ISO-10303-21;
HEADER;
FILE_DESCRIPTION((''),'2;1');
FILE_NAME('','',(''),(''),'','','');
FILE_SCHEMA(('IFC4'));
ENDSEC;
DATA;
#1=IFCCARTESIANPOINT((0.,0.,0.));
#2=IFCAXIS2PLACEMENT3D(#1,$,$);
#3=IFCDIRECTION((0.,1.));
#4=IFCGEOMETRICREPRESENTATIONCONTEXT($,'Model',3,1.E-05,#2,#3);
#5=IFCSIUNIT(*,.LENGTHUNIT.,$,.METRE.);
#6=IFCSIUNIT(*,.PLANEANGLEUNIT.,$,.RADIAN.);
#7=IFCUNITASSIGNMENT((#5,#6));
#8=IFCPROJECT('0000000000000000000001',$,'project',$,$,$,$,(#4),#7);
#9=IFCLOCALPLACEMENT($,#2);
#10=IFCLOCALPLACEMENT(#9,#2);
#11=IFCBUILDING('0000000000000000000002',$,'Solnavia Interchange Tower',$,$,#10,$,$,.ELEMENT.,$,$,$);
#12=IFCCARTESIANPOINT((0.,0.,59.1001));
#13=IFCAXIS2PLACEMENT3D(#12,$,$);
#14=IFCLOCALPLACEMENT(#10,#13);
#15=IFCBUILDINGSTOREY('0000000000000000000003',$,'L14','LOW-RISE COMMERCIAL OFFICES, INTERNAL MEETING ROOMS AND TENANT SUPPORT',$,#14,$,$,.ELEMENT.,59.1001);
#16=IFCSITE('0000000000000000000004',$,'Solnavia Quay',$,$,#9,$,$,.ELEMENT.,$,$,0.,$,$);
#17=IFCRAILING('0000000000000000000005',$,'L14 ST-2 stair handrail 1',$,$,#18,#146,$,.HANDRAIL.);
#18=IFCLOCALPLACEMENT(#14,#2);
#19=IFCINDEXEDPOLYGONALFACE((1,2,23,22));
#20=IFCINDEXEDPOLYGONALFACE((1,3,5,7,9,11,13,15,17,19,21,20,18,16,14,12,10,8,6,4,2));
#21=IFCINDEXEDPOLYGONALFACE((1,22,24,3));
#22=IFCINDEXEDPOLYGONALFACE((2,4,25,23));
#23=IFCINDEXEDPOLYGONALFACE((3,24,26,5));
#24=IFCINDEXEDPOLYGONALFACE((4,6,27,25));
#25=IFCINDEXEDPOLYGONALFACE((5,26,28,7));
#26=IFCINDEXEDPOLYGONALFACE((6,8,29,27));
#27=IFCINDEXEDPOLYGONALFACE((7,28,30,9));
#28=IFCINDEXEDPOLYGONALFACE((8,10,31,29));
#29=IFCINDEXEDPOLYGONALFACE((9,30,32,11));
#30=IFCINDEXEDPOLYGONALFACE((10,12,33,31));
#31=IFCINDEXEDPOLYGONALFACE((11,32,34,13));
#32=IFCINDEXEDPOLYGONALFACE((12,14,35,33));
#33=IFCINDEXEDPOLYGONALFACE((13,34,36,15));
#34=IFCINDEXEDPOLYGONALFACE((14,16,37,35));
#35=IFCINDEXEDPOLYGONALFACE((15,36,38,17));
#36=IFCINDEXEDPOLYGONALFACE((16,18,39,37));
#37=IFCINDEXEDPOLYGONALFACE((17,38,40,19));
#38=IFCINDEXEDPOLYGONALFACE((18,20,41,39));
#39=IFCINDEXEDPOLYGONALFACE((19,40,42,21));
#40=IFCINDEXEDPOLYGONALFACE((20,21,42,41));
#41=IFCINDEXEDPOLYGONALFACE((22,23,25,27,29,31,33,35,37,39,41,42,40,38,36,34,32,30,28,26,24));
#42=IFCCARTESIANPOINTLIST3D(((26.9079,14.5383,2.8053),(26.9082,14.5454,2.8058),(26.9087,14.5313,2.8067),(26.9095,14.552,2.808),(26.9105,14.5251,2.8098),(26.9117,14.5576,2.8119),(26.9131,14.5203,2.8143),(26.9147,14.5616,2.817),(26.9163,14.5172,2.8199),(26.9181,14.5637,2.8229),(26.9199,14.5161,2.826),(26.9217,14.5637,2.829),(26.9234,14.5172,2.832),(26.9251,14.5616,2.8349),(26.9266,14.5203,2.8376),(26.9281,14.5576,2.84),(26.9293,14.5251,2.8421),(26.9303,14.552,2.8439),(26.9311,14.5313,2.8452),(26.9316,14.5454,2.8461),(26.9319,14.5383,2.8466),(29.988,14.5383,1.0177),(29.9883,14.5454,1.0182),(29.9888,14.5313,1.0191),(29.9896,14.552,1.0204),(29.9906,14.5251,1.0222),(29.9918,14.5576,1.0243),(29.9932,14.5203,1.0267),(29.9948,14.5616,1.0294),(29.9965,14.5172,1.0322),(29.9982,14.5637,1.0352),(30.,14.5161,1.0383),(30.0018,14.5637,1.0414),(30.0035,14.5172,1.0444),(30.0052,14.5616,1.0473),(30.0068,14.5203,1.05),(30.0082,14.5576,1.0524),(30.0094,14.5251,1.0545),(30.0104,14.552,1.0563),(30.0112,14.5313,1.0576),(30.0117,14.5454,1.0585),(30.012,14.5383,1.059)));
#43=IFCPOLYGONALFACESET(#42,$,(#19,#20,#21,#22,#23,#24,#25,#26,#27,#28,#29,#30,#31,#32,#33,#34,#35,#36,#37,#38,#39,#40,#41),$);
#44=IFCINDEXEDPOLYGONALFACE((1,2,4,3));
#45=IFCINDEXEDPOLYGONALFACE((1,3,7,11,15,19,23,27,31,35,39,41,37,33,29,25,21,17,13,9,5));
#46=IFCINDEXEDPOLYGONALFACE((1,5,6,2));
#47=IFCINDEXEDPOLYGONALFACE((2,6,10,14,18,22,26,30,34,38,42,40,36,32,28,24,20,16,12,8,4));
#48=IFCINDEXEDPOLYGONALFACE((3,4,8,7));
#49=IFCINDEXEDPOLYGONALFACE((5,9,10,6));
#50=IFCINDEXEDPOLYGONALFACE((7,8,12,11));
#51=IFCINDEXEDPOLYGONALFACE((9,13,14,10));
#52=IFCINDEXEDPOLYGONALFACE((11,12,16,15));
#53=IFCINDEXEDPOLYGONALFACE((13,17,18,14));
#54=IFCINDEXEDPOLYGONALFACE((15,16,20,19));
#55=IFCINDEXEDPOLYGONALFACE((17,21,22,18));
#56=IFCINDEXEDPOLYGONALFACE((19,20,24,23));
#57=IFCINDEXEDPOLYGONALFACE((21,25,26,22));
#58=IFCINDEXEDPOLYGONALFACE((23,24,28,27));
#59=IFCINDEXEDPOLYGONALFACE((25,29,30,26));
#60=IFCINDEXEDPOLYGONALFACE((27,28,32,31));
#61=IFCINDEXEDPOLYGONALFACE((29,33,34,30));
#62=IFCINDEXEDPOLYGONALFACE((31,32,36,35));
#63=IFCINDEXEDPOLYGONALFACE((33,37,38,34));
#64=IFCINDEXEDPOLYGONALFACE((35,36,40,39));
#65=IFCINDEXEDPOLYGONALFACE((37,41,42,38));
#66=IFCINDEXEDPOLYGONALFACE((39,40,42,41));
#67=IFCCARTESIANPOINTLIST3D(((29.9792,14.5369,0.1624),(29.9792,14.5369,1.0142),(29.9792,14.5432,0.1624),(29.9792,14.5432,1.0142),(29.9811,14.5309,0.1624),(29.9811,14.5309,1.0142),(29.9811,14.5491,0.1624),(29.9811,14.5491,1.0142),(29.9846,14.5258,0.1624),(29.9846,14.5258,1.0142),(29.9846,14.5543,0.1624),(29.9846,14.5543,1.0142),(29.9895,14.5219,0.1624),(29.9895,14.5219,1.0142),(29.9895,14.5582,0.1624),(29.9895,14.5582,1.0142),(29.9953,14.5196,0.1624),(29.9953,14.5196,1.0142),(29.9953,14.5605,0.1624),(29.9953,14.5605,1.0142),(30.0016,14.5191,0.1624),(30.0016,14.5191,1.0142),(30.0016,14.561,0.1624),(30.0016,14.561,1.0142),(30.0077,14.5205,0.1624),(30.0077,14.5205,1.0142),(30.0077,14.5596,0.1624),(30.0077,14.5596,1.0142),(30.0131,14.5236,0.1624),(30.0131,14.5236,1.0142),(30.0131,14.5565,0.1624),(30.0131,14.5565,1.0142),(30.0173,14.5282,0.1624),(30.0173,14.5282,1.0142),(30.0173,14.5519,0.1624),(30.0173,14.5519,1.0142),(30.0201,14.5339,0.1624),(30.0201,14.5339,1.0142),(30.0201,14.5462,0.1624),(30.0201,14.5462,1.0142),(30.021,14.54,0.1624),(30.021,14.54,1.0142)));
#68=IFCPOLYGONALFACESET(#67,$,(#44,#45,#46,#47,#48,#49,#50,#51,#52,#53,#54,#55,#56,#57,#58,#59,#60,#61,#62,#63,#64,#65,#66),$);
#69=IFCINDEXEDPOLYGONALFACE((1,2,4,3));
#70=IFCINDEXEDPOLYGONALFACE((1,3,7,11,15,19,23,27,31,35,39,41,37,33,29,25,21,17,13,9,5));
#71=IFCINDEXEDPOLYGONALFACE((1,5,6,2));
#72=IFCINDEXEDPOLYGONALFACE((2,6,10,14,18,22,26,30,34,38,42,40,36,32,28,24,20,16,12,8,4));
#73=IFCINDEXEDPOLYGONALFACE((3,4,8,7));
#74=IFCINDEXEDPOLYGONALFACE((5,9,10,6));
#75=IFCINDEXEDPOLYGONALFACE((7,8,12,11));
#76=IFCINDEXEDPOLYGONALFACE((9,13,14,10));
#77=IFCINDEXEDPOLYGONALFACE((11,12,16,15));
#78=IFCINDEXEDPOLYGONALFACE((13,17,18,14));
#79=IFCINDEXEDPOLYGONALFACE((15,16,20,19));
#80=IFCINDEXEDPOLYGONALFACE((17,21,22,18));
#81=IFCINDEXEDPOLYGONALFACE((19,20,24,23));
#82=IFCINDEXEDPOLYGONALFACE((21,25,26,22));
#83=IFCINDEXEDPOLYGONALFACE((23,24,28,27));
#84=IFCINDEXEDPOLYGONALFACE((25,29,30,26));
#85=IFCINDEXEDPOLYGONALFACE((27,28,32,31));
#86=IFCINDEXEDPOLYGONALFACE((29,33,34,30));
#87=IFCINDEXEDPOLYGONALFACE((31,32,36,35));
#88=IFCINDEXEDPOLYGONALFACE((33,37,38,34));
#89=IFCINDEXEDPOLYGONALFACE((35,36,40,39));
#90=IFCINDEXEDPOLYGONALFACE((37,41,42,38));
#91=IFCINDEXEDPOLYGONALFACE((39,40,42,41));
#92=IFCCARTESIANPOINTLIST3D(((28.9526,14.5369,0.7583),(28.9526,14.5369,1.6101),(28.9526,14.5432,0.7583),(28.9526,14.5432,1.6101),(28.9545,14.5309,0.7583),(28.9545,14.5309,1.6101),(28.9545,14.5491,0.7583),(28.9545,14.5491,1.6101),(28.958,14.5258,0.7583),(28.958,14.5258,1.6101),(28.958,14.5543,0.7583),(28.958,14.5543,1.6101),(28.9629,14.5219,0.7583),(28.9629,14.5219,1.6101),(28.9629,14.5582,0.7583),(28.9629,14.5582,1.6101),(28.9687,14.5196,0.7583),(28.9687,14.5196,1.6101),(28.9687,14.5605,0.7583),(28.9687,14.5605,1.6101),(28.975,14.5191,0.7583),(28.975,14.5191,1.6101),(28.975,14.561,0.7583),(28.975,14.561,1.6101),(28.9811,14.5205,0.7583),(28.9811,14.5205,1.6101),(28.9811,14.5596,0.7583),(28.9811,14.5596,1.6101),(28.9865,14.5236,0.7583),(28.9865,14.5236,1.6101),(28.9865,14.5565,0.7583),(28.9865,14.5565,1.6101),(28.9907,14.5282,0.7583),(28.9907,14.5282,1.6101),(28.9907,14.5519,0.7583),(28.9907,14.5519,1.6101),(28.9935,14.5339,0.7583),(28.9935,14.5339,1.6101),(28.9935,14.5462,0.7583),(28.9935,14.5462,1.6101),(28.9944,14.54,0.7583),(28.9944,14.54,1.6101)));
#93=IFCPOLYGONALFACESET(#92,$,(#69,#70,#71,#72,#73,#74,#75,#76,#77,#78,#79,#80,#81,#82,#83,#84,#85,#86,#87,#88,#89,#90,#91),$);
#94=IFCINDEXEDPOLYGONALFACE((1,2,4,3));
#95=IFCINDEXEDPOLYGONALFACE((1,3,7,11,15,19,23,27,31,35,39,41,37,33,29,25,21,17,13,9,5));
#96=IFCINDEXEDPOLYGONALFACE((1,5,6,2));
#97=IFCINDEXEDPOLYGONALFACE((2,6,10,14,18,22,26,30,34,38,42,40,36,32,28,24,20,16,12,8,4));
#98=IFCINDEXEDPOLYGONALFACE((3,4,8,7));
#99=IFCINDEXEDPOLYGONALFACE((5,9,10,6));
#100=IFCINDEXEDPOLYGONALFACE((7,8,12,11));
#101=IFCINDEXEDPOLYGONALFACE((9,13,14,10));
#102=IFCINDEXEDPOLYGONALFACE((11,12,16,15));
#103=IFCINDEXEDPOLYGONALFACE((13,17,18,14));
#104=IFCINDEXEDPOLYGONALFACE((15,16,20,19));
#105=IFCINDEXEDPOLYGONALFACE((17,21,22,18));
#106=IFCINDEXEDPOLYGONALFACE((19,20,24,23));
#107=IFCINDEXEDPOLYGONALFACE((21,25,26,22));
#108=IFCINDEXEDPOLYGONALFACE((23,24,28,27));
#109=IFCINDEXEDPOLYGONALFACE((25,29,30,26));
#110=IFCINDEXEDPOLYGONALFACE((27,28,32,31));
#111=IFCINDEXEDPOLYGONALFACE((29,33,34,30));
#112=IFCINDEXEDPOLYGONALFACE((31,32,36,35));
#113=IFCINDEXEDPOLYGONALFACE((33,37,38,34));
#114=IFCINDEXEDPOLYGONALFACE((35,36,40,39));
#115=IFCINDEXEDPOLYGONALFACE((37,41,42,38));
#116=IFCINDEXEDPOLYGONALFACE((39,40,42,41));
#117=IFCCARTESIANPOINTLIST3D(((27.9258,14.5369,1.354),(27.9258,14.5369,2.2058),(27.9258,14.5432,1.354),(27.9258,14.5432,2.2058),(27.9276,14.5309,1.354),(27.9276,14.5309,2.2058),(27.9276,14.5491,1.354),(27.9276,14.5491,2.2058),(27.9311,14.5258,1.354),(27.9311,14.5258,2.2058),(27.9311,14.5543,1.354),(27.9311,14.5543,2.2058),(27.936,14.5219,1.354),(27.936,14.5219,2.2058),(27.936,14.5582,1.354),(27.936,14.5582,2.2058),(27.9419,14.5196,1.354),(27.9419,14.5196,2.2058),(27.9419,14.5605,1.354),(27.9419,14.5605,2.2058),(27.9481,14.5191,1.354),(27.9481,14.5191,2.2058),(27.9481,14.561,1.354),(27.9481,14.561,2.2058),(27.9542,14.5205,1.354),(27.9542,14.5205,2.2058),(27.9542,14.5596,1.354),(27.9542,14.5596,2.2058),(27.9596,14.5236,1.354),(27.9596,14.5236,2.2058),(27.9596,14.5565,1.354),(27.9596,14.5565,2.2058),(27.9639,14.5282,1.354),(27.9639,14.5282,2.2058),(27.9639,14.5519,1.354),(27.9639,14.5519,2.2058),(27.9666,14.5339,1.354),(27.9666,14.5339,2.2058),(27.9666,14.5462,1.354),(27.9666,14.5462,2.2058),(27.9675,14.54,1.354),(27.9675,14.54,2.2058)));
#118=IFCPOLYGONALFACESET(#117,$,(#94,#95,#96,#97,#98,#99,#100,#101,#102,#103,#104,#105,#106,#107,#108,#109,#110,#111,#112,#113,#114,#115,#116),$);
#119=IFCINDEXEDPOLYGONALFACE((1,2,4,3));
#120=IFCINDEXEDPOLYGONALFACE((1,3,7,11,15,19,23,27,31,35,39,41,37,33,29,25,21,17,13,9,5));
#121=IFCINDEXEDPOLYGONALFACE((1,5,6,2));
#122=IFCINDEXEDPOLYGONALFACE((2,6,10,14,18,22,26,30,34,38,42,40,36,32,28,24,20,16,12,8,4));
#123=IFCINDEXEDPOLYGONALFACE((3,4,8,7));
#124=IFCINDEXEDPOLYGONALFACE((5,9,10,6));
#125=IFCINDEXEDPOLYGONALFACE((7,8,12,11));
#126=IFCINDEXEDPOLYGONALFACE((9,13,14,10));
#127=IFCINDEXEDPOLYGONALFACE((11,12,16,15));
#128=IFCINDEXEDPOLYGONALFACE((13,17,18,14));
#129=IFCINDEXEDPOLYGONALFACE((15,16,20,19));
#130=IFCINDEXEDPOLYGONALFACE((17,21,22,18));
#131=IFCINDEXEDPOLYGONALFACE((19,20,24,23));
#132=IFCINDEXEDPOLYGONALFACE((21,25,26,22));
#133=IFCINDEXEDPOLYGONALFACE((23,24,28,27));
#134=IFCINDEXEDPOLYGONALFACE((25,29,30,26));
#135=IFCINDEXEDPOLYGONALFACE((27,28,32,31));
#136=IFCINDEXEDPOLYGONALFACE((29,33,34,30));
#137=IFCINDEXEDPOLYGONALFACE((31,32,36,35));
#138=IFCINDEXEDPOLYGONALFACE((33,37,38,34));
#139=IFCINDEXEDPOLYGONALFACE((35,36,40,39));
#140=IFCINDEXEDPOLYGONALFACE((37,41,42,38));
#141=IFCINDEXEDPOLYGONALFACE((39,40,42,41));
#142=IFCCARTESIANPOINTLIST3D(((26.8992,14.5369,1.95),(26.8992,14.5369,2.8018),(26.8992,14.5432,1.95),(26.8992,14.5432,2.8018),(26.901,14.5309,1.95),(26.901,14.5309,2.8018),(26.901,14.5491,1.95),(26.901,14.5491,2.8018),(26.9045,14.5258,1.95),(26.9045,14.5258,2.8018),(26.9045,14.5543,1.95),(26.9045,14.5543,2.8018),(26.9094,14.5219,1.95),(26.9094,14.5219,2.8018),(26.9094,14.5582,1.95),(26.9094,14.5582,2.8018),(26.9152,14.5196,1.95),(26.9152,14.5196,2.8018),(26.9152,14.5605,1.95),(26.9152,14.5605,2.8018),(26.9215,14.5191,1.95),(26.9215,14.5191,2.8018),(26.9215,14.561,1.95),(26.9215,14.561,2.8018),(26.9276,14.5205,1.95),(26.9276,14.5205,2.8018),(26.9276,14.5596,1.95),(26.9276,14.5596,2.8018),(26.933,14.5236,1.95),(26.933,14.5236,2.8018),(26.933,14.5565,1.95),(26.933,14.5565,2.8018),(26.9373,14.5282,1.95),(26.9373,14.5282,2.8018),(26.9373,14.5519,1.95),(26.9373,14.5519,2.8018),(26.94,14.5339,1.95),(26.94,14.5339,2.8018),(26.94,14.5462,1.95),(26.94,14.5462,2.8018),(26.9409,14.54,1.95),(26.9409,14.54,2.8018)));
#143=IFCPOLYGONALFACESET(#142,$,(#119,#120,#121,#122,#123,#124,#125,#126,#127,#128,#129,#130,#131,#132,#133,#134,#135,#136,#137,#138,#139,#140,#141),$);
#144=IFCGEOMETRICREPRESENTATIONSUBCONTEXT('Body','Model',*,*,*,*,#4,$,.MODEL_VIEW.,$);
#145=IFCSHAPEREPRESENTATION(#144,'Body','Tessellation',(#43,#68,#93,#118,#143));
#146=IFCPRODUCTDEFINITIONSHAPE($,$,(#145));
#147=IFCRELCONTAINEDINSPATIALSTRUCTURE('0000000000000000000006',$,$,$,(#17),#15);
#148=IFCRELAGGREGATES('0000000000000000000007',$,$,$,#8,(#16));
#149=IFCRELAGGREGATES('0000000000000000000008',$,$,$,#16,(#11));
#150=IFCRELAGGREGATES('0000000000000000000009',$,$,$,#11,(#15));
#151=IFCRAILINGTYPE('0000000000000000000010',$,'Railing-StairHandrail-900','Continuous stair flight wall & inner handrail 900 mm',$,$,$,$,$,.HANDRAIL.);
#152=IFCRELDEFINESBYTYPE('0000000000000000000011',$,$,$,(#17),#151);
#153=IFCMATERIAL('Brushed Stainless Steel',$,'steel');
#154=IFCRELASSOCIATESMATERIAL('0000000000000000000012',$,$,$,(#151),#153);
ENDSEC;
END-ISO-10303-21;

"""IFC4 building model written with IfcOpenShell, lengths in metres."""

from ifc_helpers import new_model, si_unit, direction, frame, origin, origin_2d, place, context, subcontext, project, spatial, circle, extrude, material, type_object, element, save


model = new_model("IFC4")

# Units and contexts
model_context = context("Model", 3, precision=1e-05, world=origin(), true_north=direction((0.0, 1.0)))
body_context = subcontext(model_context, "Body", "Model", "MODEL_VIEW")
ifc_project = project(units=[si_unit("LENGTHUNIT", "METRE"), si_unit("PLANEANGLEUNIT", "RADIAN")], contexts=[model_context])

# Site, building, storey
site_placement = place(None, origin())
site = spatial("IfcSite", under=ifc_project, at=site_placement, Name="Solnavia Quay", CompositionType="ELEMENT", RefElevation=0.0)
building_placement = place(site_placement, origin())
building = spatial("IfcBuilding", under=site, at=building_placement, Name="Solnavia Interchange Tower", CompositionType="ELEMENT")
storey_placement = place(building_placement, frame((0.0, 0.0, 59.1001)))
storey = spatial("IfcBuildingStorey", under=building, at=storey_placement, Name="L14", Description="LOW-RISE COMMERCIAL OFFICES, INTERNAL MEETING ROOMS AND TENANT SUPPORT", CompositionType="ELEMENT", Elevation=59.1001)

# Railing
ifc_material_1 = material(Name="Brushed Stainless Steel", Category="steel")
railing_type_1 = type_object("IfcRailingType", Name="Railing-StairHandrail-900", Description="Continuous stair flight wall & inner handrail 900 mm", PredefinedType="HANDRAIL", material=ifc_material_1)
railing_1_placement = place(storey_placement, frame((30.0, 14.54, 0.1624)))
element("IfcRailing", 1, at=railing_1_placement, inside=storey, type_object=railing_type_1, Name="L14 ST-2 stair handrail 1", PredefinedType="HANDRAIL", context=body_context, shape_type="SweptSolid", body=[
    extrude(circle(Radius=0.0239, at=origin_2d()), frame((0.0, 0.0, 0.876), z_axis=(-0.864891, 0.0, 0.50196), x_axis=(0.0, -1.0, 0.0)), (0.0, 0.0, 1.0), 3.5613),
    extrude(circle(Radius=0.021, at=origin_2d()), origin(), (0.0, 0.0, 1.0), 0.8518),
    extrude(circle(Radius=0.021, at=origin_2d()), frame((-1.0266, 0.0, 0.5959)), (0.0, 0.0, 1.0), 0.8518),
    extrude(circle(Radius=0.021, at=origin_2d()), frame((-2.0535, 0.0, 1.1917)), (0.0, 0.0, 1.0), 0.8518),
    extrude(circle(Radius=0.021, at=origin_2d()), frame((-3.0801, 0.0, 1.7876)), (0.0, 0.0, 1.0), 0.8518),
])

save(model, "model.ifc")
